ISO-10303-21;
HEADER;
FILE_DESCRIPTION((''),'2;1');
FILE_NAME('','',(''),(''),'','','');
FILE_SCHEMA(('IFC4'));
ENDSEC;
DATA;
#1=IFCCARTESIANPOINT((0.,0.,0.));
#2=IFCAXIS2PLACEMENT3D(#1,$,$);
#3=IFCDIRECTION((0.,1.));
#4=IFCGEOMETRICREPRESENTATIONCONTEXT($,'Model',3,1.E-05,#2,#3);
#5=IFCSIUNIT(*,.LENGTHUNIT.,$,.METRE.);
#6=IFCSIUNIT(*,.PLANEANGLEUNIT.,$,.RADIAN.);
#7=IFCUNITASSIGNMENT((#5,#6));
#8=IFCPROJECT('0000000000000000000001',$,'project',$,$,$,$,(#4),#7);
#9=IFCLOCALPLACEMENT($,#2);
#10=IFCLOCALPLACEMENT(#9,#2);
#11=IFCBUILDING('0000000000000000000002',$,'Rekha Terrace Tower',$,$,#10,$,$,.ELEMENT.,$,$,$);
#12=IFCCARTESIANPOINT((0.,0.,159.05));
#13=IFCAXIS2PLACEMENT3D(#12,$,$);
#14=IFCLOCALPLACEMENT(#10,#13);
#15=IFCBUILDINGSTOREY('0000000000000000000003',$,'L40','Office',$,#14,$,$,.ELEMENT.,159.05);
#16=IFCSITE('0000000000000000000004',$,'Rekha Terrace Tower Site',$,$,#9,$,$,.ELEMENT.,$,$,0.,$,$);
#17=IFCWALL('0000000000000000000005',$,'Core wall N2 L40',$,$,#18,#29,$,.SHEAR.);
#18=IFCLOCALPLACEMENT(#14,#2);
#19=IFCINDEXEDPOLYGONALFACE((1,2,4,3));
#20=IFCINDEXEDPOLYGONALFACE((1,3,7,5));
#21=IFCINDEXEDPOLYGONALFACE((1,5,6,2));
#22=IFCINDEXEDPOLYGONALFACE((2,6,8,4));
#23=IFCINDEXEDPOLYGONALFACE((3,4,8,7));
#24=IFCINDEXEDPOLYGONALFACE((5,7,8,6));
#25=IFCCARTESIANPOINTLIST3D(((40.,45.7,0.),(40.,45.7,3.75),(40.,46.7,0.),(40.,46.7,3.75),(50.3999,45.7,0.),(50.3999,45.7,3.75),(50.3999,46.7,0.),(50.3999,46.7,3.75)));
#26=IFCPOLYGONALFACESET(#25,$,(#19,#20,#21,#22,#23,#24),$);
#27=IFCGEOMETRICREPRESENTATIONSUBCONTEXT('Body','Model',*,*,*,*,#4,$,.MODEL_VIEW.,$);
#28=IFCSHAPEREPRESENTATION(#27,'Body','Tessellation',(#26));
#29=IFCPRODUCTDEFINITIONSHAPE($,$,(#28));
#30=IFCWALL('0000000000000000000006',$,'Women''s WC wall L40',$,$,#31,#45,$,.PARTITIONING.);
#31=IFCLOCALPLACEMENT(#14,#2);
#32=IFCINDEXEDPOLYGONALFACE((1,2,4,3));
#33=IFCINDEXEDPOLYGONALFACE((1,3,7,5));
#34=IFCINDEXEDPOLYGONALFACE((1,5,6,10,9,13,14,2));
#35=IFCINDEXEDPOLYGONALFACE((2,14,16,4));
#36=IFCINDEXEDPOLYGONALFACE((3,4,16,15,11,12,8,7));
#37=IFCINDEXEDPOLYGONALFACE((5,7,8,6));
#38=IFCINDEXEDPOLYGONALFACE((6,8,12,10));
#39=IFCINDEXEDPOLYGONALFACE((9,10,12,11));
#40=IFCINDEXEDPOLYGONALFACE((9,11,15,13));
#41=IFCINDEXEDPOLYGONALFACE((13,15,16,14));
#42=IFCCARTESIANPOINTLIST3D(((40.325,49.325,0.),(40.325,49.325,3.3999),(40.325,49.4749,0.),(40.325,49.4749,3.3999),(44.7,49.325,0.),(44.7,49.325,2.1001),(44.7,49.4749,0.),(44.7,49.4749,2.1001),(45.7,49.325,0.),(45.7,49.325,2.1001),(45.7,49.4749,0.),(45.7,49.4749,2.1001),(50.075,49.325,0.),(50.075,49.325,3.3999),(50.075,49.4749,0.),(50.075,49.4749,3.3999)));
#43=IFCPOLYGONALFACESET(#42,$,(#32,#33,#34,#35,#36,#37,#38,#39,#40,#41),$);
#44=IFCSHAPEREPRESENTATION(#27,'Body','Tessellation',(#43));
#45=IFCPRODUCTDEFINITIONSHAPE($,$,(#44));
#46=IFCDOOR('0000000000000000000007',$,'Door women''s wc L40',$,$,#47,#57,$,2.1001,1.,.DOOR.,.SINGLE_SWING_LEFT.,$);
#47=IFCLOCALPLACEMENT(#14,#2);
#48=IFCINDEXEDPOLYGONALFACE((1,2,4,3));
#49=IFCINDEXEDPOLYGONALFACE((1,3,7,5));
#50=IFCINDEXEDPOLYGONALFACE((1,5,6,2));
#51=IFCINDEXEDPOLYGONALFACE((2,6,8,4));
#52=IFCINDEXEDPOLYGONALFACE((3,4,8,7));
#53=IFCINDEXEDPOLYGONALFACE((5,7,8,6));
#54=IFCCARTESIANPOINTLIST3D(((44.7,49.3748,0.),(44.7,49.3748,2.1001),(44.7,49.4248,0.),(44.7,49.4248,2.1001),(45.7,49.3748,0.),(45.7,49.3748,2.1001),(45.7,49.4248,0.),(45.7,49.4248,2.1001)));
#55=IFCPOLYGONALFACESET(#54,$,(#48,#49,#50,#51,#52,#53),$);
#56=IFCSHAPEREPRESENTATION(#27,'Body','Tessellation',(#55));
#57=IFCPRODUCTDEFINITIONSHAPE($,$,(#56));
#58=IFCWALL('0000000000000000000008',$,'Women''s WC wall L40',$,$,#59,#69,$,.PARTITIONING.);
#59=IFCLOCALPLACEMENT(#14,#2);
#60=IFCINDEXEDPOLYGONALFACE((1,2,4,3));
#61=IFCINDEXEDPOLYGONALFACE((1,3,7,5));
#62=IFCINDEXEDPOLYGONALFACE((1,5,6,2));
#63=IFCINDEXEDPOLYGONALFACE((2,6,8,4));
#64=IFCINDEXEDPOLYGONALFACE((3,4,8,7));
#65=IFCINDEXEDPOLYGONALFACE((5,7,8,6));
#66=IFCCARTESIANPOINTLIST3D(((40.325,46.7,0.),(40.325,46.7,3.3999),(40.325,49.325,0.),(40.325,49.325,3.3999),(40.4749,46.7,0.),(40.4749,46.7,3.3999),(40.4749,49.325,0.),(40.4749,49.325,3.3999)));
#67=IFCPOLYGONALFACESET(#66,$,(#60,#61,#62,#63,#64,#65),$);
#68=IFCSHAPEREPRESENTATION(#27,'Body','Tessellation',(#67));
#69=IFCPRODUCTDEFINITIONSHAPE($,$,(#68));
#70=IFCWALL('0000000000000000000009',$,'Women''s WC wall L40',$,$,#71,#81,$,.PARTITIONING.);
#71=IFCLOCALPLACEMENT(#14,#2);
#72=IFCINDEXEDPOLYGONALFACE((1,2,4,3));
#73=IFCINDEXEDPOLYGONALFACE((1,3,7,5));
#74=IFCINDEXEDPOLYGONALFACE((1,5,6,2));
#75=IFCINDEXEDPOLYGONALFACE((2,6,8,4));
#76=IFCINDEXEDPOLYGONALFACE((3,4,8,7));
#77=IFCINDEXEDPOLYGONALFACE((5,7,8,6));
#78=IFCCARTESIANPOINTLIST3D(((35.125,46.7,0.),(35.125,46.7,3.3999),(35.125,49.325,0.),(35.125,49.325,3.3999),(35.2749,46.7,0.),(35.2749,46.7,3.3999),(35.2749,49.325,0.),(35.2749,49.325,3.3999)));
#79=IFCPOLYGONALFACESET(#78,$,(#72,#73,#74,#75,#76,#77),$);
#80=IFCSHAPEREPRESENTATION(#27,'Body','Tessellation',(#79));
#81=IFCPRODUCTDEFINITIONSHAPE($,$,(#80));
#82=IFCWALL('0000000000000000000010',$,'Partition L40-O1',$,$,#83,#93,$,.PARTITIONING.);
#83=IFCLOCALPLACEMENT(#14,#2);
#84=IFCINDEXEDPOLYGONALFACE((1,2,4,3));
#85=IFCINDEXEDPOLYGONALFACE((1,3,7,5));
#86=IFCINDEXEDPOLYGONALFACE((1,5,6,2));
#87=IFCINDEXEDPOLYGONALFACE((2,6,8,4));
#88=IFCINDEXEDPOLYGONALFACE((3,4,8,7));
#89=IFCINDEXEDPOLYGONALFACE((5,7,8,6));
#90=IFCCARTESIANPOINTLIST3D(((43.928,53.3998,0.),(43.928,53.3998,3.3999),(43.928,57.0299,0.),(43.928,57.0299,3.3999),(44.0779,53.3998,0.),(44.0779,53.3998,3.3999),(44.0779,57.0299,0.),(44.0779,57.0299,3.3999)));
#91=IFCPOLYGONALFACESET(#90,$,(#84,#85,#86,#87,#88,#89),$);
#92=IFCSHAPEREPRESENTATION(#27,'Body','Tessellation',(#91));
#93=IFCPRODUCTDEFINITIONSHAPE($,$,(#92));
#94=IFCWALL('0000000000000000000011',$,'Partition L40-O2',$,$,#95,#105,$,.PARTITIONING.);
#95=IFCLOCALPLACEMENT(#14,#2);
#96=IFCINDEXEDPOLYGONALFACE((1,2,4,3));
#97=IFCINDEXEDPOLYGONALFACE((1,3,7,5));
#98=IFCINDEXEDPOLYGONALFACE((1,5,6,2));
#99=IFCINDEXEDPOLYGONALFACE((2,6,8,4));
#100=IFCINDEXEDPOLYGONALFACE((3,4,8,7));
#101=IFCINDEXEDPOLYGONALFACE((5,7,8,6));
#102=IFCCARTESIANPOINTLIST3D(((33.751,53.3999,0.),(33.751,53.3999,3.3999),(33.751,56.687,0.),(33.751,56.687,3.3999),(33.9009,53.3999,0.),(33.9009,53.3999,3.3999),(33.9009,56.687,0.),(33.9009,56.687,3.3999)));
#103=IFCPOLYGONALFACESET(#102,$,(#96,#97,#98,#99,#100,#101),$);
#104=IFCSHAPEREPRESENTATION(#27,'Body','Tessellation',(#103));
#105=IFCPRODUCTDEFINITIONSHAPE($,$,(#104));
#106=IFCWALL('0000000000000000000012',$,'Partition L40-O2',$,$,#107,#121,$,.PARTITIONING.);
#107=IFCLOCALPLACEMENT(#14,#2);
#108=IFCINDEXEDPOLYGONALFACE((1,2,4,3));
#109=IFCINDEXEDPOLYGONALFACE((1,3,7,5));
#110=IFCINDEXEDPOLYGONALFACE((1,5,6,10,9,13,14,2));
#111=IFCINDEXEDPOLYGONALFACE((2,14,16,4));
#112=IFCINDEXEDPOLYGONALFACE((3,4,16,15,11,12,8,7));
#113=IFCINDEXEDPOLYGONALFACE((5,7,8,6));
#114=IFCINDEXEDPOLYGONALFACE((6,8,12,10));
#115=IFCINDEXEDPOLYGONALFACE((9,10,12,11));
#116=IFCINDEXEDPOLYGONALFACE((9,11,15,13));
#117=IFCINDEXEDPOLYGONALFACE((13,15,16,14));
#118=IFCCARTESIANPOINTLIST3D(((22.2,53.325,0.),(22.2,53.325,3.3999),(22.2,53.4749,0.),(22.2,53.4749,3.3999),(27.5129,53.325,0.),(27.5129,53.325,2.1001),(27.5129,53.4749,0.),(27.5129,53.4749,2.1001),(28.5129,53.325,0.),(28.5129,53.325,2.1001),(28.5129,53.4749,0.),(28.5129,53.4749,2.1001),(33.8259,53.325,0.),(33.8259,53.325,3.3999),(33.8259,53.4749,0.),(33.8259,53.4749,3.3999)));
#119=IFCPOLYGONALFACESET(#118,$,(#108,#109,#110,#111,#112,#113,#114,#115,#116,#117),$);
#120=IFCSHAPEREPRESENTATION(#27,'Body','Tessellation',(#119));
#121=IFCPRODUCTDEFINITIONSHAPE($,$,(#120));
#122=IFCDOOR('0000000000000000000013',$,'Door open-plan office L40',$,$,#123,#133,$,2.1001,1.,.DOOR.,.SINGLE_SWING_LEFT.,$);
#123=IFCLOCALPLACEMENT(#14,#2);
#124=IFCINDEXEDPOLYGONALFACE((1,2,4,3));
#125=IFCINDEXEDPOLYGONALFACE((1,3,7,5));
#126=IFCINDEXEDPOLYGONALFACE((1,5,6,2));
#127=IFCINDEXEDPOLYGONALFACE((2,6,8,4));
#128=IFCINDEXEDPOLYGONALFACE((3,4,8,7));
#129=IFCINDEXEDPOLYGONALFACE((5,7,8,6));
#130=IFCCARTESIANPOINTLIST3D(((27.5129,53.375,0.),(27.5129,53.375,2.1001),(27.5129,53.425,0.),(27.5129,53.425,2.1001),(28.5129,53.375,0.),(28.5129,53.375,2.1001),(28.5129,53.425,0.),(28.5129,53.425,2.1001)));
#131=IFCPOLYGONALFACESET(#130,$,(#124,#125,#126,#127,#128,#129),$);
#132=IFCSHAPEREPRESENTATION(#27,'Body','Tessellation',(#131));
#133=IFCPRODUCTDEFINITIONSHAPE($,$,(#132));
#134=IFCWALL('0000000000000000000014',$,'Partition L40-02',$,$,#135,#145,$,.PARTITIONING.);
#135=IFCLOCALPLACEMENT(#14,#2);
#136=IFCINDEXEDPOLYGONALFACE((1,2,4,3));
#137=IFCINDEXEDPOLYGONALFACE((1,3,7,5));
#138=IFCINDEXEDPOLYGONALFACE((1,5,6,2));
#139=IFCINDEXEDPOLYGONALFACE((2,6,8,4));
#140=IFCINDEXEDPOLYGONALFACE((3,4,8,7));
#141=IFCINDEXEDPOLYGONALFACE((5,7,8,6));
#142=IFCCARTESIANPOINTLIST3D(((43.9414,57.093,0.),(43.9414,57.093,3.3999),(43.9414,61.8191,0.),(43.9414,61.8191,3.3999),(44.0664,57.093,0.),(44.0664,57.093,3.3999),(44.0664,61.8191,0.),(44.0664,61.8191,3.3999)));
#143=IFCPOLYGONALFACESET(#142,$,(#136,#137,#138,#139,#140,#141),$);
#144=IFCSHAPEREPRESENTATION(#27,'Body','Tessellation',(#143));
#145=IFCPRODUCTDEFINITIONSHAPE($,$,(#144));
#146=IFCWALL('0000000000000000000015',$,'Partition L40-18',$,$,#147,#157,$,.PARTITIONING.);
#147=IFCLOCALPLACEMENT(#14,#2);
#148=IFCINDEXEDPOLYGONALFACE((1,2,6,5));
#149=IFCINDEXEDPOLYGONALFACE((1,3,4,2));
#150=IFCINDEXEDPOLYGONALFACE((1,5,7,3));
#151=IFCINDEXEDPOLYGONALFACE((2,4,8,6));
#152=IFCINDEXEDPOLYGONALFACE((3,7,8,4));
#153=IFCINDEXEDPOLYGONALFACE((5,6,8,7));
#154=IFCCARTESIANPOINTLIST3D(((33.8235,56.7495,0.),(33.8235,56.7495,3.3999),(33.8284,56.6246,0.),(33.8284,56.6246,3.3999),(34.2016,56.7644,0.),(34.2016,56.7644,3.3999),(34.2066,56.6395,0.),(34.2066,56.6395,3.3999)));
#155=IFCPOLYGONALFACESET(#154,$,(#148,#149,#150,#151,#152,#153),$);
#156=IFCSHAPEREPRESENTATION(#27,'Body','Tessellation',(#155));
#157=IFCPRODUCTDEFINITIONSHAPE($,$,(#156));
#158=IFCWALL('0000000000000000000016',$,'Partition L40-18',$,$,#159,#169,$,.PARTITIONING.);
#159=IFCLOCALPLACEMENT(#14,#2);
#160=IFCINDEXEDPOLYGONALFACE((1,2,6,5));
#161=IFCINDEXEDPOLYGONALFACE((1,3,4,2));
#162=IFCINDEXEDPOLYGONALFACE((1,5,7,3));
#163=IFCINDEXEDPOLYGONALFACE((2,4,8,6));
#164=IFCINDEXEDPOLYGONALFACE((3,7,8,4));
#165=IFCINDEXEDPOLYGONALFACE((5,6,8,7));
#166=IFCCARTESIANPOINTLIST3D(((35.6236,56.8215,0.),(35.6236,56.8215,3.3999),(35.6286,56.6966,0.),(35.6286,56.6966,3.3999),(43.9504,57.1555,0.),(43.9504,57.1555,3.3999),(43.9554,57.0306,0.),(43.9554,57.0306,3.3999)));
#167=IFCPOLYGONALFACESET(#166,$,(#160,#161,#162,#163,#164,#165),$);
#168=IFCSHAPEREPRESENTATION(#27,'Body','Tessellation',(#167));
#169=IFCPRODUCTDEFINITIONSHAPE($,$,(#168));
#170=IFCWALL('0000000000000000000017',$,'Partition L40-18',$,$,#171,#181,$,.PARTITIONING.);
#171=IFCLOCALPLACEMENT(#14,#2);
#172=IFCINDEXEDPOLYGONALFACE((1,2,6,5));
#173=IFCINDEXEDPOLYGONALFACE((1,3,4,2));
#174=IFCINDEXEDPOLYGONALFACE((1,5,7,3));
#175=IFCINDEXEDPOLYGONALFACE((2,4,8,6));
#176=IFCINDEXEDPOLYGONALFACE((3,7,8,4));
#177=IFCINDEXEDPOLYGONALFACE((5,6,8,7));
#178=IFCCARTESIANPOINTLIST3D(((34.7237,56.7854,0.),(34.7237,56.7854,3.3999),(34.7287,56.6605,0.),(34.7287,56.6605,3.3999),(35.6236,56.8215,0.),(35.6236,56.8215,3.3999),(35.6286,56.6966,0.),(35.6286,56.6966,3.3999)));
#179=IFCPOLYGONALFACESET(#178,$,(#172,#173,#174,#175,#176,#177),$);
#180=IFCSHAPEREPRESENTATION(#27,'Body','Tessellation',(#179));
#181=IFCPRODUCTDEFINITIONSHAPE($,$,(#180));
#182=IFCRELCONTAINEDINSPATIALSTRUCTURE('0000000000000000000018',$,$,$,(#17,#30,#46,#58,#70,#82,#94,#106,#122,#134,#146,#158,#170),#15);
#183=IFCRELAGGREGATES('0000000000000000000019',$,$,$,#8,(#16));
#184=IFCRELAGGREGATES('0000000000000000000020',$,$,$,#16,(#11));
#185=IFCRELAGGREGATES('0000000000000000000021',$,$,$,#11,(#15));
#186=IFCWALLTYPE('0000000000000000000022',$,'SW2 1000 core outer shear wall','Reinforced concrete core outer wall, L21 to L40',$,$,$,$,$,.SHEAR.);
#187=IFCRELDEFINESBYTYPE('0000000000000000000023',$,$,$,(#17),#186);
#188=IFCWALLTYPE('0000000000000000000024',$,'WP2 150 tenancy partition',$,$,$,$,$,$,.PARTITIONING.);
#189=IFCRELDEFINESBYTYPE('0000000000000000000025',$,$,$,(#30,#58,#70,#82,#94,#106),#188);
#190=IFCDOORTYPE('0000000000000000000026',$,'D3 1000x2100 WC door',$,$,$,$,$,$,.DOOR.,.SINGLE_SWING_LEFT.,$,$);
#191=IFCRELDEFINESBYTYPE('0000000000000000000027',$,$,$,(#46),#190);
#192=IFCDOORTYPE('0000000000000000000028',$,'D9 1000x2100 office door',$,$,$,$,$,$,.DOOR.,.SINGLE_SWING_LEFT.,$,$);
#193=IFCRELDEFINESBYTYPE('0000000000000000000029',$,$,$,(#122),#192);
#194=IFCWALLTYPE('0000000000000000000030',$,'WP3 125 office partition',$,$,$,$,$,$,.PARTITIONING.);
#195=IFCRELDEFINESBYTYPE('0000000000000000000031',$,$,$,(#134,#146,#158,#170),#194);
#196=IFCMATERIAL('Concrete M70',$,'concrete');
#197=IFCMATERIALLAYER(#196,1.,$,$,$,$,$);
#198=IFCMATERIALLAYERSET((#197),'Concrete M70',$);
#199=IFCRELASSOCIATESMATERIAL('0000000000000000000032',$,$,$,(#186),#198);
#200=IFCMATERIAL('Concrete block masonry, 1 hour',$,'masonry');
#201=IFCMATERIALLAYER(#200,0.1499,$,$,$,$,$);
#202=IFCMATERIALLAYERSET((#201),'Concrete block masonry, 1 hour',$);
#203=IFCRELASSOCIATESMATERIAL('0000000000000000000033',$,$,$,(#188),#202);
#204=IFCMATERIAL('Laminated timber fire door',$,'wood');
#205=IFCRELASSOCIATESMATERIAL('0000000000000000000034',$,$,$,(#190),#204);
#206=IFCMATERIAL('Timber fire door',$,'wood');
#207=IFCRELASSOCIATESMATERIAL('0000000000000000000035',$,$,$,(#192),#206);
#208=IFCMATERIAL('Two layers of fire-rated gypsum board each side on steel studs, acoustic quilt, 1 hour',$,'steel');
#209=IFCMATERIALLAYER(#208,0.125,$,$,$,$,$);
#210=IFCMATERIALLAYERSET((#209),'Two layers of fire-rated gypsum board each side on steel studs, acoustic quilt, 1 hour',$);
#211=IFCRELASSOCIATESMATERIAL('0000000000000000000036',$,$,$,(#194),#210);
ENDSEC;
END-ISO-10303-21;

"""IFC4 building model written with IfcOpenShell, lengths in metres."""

from ifc_helpers import new_model, si_unit, direction, frame, frame_2d, origin, place, context, subcontext, project, spatial, rectangle, extrude, material, layer, layer_set, type_object, element, fill, save


model = new_model("IFC4")

# Units and contexts
model_context = context("Model", 3, precision=1e-05, world=origin(), true_north=direction((0.0, 1.0)))
body_context = subcontext(model_context, "Body", "Model", "MODEL_VIEW")
ifc_project = project(units=[si_unit("LENGTHUNIT", "METRE"), si_unit("PLANEANGLEUNIT", "RADIAN")], contexts=[model_context])

# Site, building, storey
site_placement = place(None, origin())
site = spatial("IfcSite", under=ifc_project, at=site_placement, Name="Rekha Terrace Tower Site", CompositionType="ELEMENT", RefElevation=0.0)
building_placement = place(site_placement, origin())
building = spatial("IfcBuilding", under=site, at=building_placement, Name="Rekha Terrace Tower", CompositionType="ELEMENT")
storey_placement = place(building_placement, frame((0.0, 0.0, 159.05)))
storey = spatial("IfcBuildingStorey", under=building, at=storey_placement, Name="L40", Description="Office", CompositionType="ELEMENT", Elevation=159.05)

# Shared definitions
ifc_material_1 = material(Name="Concrete M70", Category="concrete")

# Wall
ifc_layer_1 = layer(ifc_material_1, 1.0)
ifc_layer_set_1 = layer_set([ifc_layer_1], Name="Concrete M70")
wall_type_1 = type_object("IfcWallType", Name="SW2 1000 core outer shear wall", Description="Reinforced concrete core outer wall, L21 to L40", PredefinedType="SHEAR", material=ifc_layer_set_1)
wall_1_placement = place(storey_placement, frame((40.0, 46.2, 0.0), z_axis=(0.0, 0.0, 1.0), x_axis=(1.0, 0.0, 0.0)))
element("IfcWall", 1, at=wall_1_placement, inside=storey, type_object=wall_type_1, Name="Core wall N2 L40", PredefinedType="SHEAR", context=body_context, shape_type="SweptSolid", body=[
    extrude(rectangle(XDim=10.3999, YDim=1.0, at=frame_2d((5.2, 0.0))), origin(), (0.0, 0.0, 1.0), 3.75),
])

# Wall, opening, door
ifc_material_2 = material(Name="Concrete block masonry, 1 hour", Category="masonry")
ifc_layer_2 = layer(ifc_material_2, 0.1499)
ifc_layer_set_2 = layer_set([ifc_layer_2], Name="Concrete block masonry, 1 hour")
wall_type_2 = type_object("IfcWallType", Name="WP2 150 tenancy partition", PredefinedType="PARTITIONING", material=ifc_layer_set_2)
wall_2_placement = place(storey_placement, frame((40.325, 49.3999, 0.0), z_axis=(0.0, 0.0, 1.0), x_axis=(1.0, 0.0, 0.0)))
wall_2 = element("IfcWall", 2, at=wall_2_placement, inside=storey, type_object=wall_type_2, Name="Women's WC wall L40", PredefinedType="PARTITIONING", context=body_context, shape_type="SweptSolid", body=[
    extrude(rectangle(XDim=9.75, YDim=0.1499, at=frame_2d((4.875, 0.0))), origin(), (0.0, 0.0, 1.0), 3.3999),
])
opening_1_placement = place(wall_2_placement, frame((4.375, 0.0, 0.0)))
opening_1 = element("IfcOpeningElement", 3, at=opening_1_placement, cuts=wall_2, PredefinedType="OPENING", context=body_context, shape_type="SweptSolid", body=[
    extrude(rectangle(XDim=1.0, YDim=2.1001, at=frame_2d((0.5, 1.05))), frame((0.0, 0.085, 0.0), z_axis=(0.0, -1.0, 0.0), x_axis=(1.0, 0.0, 0.0)), (0.0, 0.0, 1.0), 0.1699),
])
ifc_material_3 = material(Name="Laminated timber fire door", Category="wood")
door_type_1 = type_object("IfcDoorType", Name="D3 1000x2100 WC door", OperationType="SINGLE_SWING_LEFT", PredefinedType="DOOR", material=ifc_material_3)
door_1_placement = place(opening_1_placement, origin())
door_1 = element("IfcDoor", 4, at=door_1_placement, inside=storey, type_object=door_type_1, Name="Door women's wc L40", OperationType="SINGLE_SWING_LEFT", OverallHeight=2.1001, OverallWidth=1.0, PredefinedType="DOOR", context=body_context, shape_type="SweptSolid", body=[
    extrude(rectangle(XDim=1.0, YDim=2.1001, at=frame_2d((0.5, 1.05))), frame((0.0, 0.0249, 0.0), z_axis=(0.0, -1.0, 0.0), x_axis=(1.0, 0.0, 0.0)), (0.0, 0.0, 1.0), 0.05),
])
fill(opening_1, door_1)

# Walls
for number, where, z_axis, x_axis, name in (
    (5, (40.3999, 46.7, 0.0), (0.0, 0.0, 1.0), (0.0, 1.0, 0.0), "Women's WC wall L40"),
    (6, (35.2, 46.7, 0.0), (0.0, 0.0, 1.0), (0.0, 1.0, 0.0), "Women's WC wall L40"),
):
    element("IfcWall", number, at=place(storey_placement, frame(where, z_axis=z_axis, x_axis=x_axis)), inside=storey, type_object=wall_type_2, Name=name, PredefinedType="PARTITIONING", context=body_context, shape_type="SweptSolid", body=[
        extrude(rectangle(XDim=2.625, YDim=0.1499, at=frame_2d((1.3125, 0.0))), origin(), (0.0, 0.0, 1.0), 3.3999),
    ])
wall_3_placement = place(storey_placement, frame((44.0029, 53.3999, 0.0), z_axis=(0.0, 0.0, 1.0), x_axis=(0.0, 1.0, 0.0)))
element("IfcWall", 7, at=wall_3_placement, inside=storey, type_object=wall_type_2, Name="Partition L40-O1", PredefinedType="PARTITIONING", context=body_context, shape_type="SweptSolid", body=[
    extrude(rectangle(XDim=3.6301, YDim=0.1499, at=frame_2d((1.8149, 0.0))), origin(), (0.0, 0.0, 1.0), 3.3999),
])
wall_4_placement = place(storey_placement, frame((33.8259, 56.687, 0.0), z_axis=(0.0, 0.0, 1.0), x_axis=(0.0, -1.0, 0.0)))
element("IfcWall", 8, at=wall_4_placement, inside=storey, type_object=wall_type_2, Name="Partition L40-O2", PredefinedType="PARTITIONING", context=body_context, shape_type="SweptSolid", body=[
    extrude(rectangle(XDim=3.2871, YDim=0.1499, at=frame_2d((1.6436, 0.0))), origin(), (0.0, 0.0, 1.0), 3.3999),
])

# Wall, opening, door
wall_5_placement = place(storey_placement, frame((33.8259, 53.3999, 0.0), z_axis=(0.0, 0.0, 1.0), x_axis=(-1.0, 0.0, 0.0)))
wall_5 = element("IfcWall", 9, at=wall_5_placement, inside=storey, type_object=wall_type_2, Name="Partition L40-O2", PredefinedType="PARTITIONING", context=body_context, shape_type="SweptSolid", body=[
    extrude(rectangle(XDim=11.626, YDim=0.1499, at=frame_2d((5.813, 0.0))), origin(), (0.0, 0.0, 1.0), 3.3999),
])
opening_2_placement = place(wall_5_placement, frame((5.313, 0.0, 0.0)))
opening_2 = element("IfcOpeningElement", 10, at=opening_2_placement, cuts=wall_5, PredefinedType="OPENING", context=body_context, shape_type="SweptSolid", body=[
    extrude(rectangle(XDim=1.0, YDim=2.1001, at=frame_2d((0.5, 1.05))), frame((0.0, 0.085, 0.0), z_axis=(0.0, -1.0, 0.0), x_axis=(1.0, 0.0, 0.0)), (0.0, 0.0, 1.0), 0.1699),
])
ifc_material_4 = material(Name="Timber fire door", Category="wood")
door_type_2 = type_object("IfcDoorType", Name="D9 1000x2100 office door", OperationType="SINGLE_SWING_LEFT", PredefinedType="DOOR", material=ifc_material_4)
door_2_placement = place(opening_2_placement, origin())
door_2 = element("IfcDoor", 11, at=door_2_placement, inside=storey, type_object=door_type_2, Name="Door open-plan office L40", OperationType="SINGLE_SWING_LEFT", OverallHeight=2.1001, OverallWidth=1.0, PredefinedType="DOOR", context=body_context, shape_type="SweptSolid", body=[
    extrude(rectangle(XDim=1.0, YDim=2.1001, at=frame_2d((0.5, 1.05))), frame((0.0, 0.0249, 0.0), z_axis=(0.0, -1.0, 0.0), x_axis=(1.0, 0.0, 0.0)), (0.0, 0.0, 1.0), 0.05),
])
fill(opening_2, door_2)

# Walls
ifc_material_5 = material(Name="Two layers of fire-rated gypsum board each side on steel studs, acoustic quilt, 1 hour", Category="steel")
ifc_layer_3 = layer(ifc_material_5, 0.125)
ifc_layer_set_3 = layer_set([ifc_layer_3], Name="Two layers of fire-rated gypsum board each side on steel studs, acoustic quilt, 1 hour")
wall_type_3 = type_object("IfcWallType", Name="WP3 125 office partition", PredefinedType="PARTITIONING", material=ifc_layer_set_3)
wall_6_placement = place(storey_placement, frame((44.0039, 57.093, 0.0), z_axis=(0.0, 0.0, 1.0), x_axis=(0.0, 1.0, 0.0)))
element("IfcWall", 12, at=wall_6_placement, inside=storey, type_object=wall_type_3, Name="Partition L40-02", PredefinedType="PARTITIONING", context=body_context, shape_type="SweptSolid", body=[
    extrude(rectangle(XDim=4.7261, YDim=0.125, at=frame_2d((2.363, 0.0))), origin(), (0.0, 0.0, 1.0), 3.3999),
])
wall_7_placement = place(storey_placement, frame((34.2041, 56.7019, 0.0), z_axis=(0.0, 0.0, 1.0), x_axis=(-0.999225, -0.03935, 0.0)))
element("IfcWall", 13, at=wall_7_placement, inside=storey, type_object=wall_type_3, Name="Partition L40-18", PredefinedType="PARTITIONING", context=body_context, shape_type="SweptSolid", body=[
    extrude(rectangle(XDim=0.3784, YDim=0.125, at=frame_2d((0.1892, 0.0))), origin(), (0.0, 0.0, 1.0), 3.3999),
])
wall_8_placement = place(storey_placement, frame((43.9529, 57.093, 0.0), z_axis=(0.0, 0.0, 1.0), x_axis=(-0.999197, -0.040077, 0.0)))
element("IfcWall", 14, at=wall_8_placement, inside=storey, type_object=wall_type_3, Name="Partition L40-18", PredefinedType="PARTITIONING", context=body_context, shape_type="SweptSolid", body=[
    extrude(rectangle(XDim=8.3335, YDim=0.125, at=frame_2d((4.1667, 0.0))), origin(), (0.0, 0.0, 1.0), 3.3999),
])
wall_9_placement = place(storey_placement, frame((35.626, 56.759, 0.0), z_axis=(0.0, 0.0, 1.0), x_axis=(-0.999195, -0.04012, 0.0)))
element("IfcWall", 15, at=wall_9_placement, inside=storey, type_object=wall_type_3, Name="Partition L40-18", PredefinedType="PARTITIONING", context=body_context, shape_type="SweptSolid", body=[
    extrude(rectangle(XDim=0.9006, YDim=0.125, at=frame_2d((0.4502, 0.0))), origin(), (0.0, 0.0, 1.0), 3.3999),
])

save(model, "model.ifc")
